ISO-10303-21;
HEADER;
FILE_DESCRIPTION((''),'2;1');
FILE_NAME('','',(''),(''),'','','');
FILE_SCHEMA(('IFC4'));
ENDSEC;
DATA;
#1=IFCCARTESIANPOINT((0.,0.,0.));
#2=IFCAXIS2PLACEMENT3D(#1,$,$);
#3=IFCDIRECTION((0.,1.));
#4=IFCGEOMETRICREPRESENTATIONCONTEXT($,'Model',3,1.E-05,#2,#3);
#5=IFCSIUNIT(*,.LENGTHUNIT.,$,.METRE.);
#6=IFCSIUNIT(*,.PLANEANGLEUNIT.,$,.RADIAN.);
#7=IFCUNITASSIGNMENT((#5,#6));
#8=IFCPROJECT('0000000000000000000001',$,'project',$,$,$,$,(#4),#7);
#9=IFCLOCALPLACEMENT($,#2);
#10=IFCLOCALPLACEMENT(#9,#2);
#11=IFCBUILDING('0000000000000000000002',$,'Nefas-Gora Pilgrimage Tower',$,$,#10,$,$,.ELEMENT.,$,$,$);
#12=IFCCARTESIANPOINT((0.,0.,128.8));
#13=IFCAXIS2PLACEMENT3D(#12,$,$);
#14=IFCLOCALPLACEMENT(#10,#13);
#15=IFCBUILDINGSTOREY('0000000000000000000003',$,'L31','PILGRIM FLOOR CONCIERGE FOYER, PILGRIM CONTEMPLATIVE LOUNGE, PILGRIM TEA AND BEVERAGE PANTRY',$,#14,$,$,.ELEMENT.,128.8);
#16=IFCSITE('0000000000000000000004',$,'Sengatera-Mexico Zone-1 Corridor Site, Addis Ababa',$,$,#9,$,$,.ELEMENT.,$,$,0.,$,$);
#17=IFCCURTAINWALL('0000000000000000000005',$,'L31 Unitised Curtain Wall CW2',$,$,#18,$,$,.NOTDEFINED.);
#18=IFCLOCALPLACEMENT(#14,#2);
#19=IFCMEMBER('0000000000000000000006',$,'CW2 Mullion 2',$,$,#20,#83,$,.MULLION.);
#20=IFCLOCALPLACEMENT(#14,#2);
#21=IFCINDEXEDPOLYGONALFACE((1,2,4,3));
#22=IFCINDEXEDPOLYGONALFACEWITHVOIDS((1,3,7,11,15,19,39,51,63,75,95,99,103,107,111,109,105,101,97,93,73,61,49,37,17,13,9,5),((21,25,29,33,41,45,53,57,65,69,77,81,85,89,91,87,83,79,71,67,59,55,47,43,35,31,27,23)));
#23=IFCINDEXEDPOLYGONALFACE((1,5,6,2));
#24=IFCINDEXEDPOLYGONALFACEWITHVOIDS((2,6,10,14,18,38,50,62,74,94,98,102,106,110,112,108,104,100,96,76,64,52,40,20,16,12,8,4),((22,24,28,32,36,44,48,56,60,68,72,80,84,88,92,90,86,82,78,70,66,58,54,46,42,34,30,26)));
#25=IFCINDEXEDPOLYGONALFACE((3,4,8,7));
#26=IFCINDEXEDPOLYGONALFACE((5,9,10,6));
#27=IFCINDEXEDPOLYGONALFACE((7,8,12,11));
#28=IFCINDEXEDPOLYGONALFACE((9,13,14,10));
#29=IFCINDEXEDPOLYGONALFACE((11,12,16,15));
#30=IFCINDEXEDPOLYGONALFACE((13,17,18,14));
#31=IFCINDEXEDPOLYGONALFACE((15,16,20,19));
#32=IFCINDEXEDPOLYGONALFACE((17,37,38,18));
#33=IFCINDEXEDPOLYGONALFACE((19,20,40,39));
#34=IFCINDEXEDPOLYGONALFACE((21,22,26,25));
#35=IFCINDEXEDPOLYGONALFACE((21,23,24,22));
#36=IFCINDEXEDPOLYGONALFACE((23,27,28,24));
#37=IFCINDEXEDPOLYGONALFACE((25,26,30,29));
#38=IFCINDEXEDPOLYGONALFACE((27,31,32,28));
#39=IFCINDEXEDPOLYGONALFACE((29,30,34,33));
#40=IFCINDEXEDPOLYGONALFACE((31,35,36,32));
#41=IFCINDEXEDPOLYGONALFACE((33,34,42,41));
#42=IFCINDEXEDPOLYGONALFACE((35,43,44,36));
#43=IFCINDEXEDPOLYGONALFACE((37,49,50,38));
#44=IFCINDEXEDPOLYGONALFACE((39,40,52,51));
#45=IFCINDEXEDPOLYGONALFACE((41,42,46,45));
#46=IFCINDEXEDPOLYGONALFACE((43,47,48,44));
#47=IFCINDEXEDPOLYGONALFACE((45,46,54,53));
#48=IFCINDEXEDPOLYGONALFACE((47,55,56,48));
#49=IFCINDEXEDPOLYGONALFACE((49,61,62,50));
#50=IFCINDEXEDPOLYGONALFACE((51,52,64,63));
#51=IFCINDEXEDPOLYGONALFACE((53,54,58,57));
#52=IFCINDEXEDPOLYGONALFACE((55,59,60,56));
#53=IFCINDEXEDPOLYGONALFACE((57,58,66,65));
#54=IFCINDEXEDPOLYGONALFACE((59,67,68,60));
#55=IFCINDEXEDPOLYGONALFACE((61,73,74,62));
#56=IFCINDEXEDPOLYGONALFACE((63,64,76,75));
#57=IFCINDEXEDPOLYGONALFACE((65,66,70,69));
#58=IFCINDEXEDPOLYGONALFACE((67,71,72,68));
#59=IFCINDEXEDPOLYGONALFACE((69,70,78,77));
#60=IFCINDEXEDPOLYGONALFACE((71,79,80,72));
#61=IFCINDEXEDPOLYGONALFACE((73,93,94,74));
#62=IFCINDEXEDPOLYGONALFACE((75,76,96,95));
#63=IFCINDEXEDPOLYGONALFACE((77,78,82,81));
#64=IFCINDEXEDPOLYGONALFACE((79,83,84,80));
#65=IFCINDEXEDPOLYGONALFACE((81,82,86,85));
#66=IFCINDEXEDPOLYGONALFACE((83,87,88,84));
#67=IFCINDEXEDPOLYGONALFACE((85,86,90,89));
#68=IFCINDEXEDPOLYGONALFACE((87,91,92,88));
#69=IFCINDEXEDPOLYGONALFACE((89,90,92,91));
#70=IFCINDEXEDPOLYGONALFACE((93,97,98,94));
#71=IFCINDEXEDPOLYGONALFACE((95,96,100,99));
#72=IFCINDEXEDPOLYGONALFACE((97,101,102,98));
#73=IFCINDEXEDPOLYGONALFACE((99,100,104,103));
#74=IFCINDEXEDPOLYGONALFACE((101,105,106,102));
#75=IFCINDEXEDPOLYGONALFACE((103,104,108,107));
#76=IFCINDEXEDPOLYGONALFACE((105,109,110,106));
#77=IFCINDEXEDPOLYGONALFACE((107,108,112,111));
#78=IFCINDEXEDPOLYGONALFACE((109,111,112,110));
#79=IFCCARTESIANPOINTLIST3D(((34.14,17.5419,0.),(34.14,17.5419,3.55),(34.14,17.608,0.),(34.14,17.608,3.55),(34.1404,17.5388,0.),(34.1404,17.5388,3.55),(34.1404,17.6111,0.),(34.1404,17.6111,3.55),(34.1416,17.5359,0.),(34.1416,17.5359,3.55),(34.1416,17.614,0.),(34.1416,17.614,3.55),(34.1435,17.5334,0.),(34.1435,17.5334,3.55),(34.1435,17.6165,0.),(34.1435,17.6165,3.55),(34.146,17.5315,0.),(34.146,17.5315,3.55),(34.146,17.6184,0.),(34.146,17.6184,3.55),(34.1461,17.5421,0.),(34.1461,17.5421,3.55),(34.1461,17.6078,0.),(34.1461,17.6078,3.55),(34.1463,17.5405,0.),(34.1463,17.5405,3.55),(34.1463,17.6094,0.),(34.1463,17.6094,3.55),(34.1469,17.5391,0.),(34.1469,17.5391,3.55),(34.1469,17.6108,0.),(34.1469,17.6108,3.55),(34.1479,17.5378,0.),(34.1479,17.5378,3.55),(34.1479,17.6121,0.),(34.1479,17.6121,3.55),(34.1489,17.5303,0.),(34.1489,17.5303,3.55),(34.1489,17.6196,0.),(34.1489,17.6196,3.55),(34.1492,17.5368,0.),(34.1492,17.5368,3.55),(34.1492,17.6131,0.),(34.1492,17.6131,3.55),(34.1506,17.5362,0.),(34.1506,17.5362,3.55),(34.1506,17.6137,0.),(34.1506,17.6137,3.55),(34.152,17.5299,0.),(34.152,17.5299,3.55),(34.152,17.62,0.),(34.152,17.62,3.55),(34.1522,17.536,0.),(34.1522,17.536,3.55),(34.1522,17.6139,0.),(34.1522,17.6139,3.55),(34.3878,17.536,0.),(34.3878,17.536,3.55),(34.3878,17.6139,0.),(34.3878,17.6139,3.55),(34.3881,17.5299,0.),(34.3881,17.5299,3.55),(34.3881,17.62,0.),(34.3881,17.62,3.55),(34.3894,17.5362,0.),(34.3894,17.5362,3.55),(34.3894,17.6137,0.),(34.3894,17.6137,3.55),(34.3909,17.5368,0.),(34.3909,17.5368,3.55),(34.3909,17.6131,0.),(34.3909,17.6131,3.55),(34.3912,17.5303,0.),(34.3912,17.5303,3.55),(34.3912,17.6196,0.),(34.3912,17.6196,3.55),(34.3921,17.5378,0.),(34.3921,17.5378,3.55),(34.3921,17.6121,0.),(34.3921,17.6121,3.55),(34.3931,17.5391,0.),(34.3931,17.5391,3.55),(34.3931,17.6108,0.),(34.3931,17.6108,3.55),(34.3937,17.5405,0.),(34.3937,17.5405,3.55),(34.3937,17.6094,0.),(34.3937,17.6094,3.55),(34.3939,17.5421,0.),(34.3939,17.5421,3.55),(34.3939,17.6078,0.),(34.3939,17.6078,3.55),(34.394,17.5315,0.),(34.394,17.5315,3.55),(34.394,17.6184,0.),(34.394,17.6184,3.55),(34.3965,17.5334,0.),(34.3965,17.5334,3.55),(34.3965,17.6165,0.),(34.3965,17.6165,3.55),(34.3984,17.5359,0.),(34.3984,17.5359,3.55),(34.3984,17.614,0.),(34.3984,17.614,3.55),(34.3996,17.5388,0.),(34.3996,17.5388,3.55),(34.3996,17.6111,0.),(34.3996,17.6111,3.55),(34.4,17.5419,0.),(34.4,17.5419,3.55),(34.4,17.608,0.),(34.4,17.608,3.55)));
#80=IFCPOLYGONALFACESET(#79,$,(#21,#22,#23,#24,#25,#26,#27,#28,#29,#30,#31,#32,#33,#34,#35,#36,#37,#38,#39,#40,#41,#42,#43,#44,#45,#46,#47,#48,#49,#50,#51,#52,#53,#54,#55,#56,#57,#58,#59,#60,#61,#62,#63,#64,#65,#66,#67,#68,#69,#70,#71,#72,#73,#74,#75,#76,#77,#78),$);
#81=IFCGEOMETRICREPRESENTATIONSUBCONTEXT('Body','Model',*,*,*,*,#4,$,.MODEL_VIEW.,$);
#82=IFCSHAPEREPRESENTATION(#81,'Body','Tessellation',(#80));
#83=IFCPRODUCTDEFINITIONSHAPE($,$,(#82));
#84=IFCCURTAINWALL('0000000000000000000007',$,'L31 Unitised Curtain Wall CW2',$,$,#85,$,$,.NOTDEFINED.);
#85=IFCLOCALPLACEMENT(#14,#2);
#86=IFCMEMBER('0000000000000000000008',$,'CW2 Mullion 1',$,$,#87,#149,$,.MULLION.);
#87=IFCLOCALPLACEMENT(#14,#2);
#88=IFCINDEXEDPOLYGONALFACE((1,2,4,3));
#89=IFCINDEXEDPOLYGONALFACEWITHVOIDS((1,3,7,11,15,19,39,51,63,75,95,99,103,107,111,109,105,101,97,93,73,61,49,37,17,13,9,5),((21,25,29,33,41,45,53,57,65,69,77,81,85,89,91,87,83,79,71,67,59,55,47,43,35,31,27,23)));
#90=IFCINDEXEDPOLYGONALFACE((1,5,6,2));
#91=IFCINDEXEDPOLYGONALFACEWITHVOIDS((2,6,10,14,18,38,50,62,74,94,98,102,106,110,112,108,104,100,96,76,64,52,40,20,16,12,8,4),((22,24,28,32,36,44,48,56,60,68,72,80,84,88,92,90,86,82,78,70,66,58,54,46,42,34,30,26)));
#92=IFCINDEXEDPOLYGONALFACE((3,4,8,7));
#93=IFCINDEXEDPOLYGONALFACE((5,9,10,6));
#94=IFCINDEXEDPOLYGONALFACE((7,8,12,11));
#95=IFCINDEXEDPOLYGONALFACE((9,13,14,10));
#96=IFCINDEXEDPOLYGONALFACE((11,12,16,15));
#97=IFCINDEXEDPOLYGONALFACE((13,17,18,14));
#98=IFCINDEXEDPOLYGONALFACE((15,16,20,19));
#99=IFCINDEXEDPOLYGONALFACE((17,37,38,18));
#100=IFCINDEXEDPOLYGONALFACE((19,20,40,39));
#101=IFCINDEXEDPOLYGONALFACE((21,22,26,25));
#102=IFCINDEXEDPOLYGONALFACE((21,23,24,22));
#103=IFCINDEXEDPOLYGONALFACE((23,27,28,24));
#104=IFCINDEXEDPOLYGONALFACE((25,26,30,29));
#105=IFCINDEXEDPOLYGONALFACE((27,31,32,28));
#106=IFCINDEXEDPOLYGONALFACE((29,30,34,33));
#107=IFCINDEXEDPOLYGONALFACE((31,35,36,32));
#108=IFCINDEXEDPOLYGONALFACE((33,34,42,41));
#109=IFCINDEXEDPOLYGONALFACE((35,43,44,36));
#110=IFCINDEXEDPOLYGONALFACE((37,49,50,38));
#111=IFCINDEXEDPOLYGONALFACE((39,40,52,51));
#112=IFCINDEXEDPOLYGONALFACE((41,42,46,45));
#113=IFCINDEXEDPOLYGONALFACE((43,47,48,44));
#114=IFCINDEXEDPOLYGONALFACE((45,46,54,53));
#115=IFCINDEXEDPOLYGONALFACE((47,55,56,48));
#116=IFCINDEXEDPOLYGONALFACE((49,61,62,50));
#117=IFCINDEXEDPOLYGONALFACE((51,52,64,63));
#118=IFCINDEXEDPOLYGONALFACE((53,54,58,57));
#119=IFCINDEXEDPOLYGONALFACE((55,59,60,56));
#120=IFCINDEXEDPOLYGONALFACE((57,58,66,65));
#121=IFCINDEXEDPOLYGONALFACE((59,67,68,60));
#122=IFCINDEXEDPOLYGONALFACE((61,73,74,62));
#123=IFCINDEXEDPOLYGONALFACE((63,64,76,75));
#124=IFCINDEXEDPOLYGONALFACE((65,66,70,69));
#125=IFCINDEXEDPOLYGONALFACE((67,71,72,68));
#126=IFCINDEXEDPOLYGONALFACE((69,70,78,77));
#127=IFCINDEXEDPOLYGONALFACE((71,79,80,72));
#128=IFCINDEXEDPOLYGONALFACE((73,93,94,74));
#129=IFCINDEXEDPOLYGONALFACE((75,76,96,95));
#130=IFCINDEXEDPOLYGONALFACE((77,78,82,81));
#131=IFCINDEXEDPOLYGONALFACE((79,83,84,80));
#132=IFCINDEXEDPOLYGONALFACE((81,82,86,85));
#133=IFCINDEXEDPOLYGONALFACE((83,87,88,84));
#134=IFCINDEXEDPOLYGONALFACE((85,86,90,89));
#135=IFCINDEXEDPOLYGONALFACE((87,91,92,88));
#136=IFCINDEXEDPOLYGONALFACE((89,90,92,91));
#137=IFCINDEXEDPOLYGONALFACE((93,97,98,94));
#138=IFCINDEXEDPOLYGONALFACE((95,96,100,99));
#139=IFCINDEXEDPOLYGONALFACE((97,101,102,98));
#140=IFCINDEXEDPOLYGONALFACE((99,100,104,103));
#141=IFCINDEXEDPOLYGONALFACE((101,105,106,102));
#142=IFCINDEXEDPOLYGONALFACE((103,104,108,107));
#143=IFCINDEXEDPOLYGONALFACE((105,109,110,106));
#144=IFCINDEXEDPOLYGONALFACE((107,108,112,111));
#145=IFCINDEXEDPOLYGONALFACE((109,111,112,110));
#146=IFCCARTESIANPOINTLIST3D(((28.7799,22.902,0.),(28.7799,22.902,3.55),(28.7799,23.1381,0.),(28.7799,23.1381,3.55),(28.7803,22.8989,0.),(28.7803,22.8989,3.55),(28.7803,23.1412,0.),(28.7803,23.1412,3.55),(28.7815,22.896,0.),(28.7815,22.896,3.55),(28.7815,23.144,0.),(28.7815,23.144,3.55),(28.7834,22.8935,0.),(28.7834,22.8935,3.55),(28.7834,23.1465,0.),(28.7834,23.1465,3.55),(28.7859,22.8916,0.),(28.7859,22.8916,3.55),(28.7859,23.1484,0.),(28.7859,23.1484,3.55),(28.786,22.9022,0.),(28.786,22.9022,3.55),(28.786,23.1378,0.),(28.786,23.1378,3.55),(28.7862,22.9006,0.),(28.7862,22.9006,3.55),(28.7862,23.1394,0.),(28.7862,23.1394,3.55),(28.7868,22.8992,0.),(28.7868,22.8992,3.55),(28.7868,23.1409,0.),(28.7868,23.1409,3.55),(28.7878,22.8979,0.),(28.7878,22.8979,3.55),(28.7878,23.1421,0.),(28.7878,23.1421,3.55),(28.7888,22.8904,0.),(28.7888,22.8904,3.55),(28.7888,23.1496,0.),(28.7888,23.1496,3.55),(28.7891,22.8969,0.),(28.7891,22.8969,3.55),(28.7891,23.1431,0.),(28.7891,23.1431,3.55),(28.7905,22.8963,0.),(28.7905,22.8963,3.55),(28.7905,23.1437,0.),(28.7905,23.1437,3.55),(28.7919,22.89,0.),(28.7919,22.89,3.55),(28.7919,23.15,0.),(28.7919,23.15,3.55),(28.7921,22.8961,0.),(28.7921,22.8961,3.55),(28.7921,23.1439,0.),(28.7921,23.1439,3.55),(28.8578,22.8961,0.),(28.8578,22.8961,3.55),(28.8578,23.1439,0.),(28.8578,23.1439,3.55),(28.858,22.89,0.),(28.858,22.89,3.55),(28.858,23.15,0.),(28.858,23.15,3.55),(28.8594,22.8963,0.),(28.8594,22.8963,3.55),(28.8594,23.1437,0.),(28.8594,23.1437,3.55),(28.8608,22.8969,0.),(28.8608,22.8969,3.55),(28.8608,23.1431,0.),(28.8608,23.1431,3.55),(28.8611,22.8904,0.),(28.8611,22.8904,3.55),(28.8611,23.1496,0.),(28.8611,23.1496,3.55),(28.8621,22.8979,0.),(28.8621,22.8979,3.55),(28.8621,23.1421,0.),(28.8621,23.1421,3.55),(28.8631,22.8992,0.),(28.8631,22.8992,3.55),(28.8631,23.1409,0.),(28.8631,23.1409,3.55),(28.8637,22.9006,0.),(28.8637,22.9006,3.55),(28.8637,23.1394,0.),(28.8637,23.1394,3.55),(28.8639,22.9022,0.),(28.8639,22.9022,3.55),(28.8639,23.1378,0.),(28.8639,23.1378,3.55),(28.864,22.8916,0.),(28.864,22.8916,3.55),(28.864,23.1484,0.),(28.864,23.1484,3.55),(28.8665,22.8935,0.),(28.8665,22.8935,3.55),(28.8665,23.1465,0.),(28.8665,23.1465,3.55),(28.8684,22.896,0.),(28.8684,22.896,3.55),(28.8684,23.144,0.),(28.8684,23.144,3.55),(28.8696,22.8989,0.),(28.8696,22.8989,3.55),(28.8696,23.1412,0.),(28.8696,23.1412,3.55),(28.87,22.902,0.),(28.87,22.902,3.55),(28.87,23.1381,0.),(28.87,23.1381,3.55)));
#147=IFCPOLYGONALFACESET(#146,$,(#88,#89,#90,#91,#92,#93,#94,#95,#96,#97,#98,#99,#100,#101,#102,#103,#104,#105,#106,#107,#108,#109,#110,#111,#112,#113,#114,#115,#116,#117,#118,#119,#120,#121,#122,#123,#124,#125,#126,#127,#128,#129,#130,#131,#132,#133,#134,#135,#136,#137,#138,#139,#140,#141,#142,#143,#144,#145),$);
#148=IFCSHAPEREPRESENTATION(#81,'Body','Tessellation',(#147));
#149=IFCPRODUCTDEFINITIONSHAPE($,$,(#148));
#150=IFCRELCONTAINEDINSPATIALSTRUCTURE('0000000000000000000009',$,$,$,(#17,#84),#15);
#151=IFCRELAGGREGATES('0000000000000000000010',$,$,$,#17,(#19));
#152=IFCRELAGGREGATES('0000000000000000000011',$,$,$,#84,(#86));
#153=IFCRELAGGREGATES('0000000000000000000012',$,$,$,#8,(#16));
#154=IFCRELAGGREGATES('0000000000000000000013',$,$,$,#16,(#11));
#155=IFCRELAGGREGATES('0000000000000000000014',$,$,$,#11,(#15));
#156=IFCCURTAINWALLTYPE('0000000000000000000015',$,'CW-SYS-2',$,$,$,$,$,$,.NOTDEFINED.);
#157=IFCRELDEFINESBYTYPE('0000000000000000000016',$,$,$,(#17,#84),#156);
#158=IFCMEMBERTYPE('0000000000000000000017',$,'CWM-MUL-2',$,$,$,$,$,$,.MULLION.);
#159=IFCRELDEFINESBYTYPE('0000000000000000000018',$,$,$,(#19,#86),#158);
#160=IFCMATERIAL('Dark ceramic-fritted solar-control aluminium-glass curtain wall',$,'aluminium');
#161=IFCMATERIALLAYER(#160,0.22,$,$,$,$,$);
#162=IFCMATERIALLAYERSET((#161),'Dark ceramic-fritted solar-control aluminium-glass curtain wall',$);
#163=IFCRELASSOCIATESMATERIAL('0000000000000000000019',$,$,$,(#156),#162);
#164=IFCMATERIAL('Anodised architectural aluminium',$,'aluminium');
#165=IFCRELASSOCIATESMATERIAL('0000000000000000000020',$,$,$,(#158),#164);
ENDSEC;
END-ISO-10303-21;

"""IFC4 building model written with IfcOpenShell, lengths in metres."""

from ifc_helpers import new_model, si_unit, direction, frame, origin, origin_2d, place, context, subcontext, project, spatial, hollow_rectangle, extrude, source, transform, mapped, material, layer, layer_set, material_profile, profile_set, type_object, element, aggregate, save


model = new_model("IFC4")

# Units and contexts
model_context = context("Model", 3, precision=1e-05, world=origin(), true_north=direction((0.0, 1.0)))
body_context = subcontext(model_context, "Body", "Model", "MODEL_VIEW")
ifc_project = project(units=[si_unit("LENGTHUNIT", "METRE"), si_unit("PLANEANGLEUNIT", "RADIAN")], contexts=[model_context])

# Site, building, storey
site_placement = place(None, origin())
site = spatial("IfcSite", under=ifc_project, at=site_placement, Name="Sengatera-Mexico Zone-1 Corridor Site, Addis Ababa", CompositionType="ELEMENT", RefElevation=0.0)
building_placement = place(site_placement, origin())
building = spatial("IfcBuilding", under=site, at=building_placement, Name="Nefas-Gora Pilgrimage Tower", CompositionType="ELEMENT")
storey_placement = place(building_placement, frame((0.0, 0.0, 128.8)))
storey = spatial("IfcBuildingStorey", under=building, at=storey_placement, Name="L31", Description="PILGRIM FLOOR CONCIERGE FOYER, PILGRIM CONTEMPLATIVE LOUNGE, PILGRIM TEA AND BEVERAGE PANTRY", CompositionType="ELEMENT", Elevation=128.8)

# Curtain wall, member
ifc_material_1 = material(Name="Dark ceramic-fritted solar-control aluminium-glass curtain wall", Category="aluminium")
ifc_layer_1 = layer(ifc_material_1, 0.22)
ifc_layer_set_1 = layer_set([ifc_layer_1], Name="Dark ceramic-fritted solar-control aluminium-glass curtain wall")
curtain_wall_type = type_object("IfcCurtainWallType", Name="CW-SYS-2", PredefinedType="NOTDEFINED", material=ifc_layer_set_1)
curtain_wall_1_placement = place(storey_placement, origin())
curtain_wall_1 = element("IfcCurtainWall", 1, at=curtain_wall_1_placement, inside=storey, type_object=curtain_wall_type, Name="L31 Unitised Curtain Wall CW2", PredefinedType="NOTDEFINED")
ifc_material_2 = material(Name="Anodised architectural aluminium", Category="aluminium")
ifc_material_profile_1 = material_profile(ifc_material_2, hollow_rectangle(XDim=0.0901, YDim=0.26, WallThickness=0.0061, InnerFilletRadius=0.0061, OuterFilletRadius=0.012, at=origin_2d()), Name="ALU MULLION 90x260")
ifc_profile_set_1 = profile_set([ifc_material_profile_1], Name="Anodised architectural aluminium")
member_type_1 = type_object("IfcMemberType", Name="CWM-MUL-2", PredefinedType="MULLION", material=ifc_profile_set_1)
shared_shape_1 = source(origin(), body_context, "Body", "SweptSolid", [
    extrude(hollow_rectangle(XDim=0.0901, YDim=0.26, WallThickness=0.0061, InnerFilletRadius=0.0061, OuterFilletRadius=0.012, at=origin_2d()), origin(), (0.0, 0.0, 1.0), 3.55),
])
member_1_placement = place(storey_placement, frame((34.27, 17.575, 0.0), z_axis=(0.0, 0.0, 1.0), x_axis=(0.0, 1.0, 0.0)))
member_1 = element("IfcMember", 2, at=member_1_placement, type_object=member_type_1, Name="CW2 Mullion 2", PredefinedType="MULLION", context=body_context, shape_type="MappedRepresentation", body=[
    mapped(shared_shape_1, transform((0.0, 0.0, 0.0), x_axis=(1.0, 0.0, 0.0), y_axis=(0.0, 1.0, 0.0), z_axis=(0.0, 0.0, 1.0), scale=1.0)),
])
aggregate(curtain_wall_1, [member_1])

# Curtain wall, member
curtain_wall_2_placement = place(storey_placement, origin())
curtain_wall_2 = element("IfcCurtainWall", 3, at=curtain_wall_2_placement, inside=storey, type_object=curtain_wall_type, Name="L31 Unitised Curtain Wall CW2", PredefinedType="NOTDEFINED")
member_2_placement = place(storey_placement, frame((28.825, 23.02, 0.0), z_axis=(0.0, 0.0, 1.0), x_axis=(-1.0, 0.0, 0.0)))
member_2 = element("IfcMember", 4, at=member_2_placement, type_object=member_type_1, Name="CW2 Mullion 1", PredefinedType="MULLION", context=body_context, shape_type="MappedRepresentation", body=[
    mapped(shared_shape_1, transform((0.0, 0.0, 0.0), x_axis=(1.0, 0.0, 0.0), y_axis=(0.0, 1.0, 0.0), z_axis=(0.0, 0.0, 1.0), scale=1.0)),
])
aggregate(curtain_wall_2, [member_2])

save(model, "model.ifc")
